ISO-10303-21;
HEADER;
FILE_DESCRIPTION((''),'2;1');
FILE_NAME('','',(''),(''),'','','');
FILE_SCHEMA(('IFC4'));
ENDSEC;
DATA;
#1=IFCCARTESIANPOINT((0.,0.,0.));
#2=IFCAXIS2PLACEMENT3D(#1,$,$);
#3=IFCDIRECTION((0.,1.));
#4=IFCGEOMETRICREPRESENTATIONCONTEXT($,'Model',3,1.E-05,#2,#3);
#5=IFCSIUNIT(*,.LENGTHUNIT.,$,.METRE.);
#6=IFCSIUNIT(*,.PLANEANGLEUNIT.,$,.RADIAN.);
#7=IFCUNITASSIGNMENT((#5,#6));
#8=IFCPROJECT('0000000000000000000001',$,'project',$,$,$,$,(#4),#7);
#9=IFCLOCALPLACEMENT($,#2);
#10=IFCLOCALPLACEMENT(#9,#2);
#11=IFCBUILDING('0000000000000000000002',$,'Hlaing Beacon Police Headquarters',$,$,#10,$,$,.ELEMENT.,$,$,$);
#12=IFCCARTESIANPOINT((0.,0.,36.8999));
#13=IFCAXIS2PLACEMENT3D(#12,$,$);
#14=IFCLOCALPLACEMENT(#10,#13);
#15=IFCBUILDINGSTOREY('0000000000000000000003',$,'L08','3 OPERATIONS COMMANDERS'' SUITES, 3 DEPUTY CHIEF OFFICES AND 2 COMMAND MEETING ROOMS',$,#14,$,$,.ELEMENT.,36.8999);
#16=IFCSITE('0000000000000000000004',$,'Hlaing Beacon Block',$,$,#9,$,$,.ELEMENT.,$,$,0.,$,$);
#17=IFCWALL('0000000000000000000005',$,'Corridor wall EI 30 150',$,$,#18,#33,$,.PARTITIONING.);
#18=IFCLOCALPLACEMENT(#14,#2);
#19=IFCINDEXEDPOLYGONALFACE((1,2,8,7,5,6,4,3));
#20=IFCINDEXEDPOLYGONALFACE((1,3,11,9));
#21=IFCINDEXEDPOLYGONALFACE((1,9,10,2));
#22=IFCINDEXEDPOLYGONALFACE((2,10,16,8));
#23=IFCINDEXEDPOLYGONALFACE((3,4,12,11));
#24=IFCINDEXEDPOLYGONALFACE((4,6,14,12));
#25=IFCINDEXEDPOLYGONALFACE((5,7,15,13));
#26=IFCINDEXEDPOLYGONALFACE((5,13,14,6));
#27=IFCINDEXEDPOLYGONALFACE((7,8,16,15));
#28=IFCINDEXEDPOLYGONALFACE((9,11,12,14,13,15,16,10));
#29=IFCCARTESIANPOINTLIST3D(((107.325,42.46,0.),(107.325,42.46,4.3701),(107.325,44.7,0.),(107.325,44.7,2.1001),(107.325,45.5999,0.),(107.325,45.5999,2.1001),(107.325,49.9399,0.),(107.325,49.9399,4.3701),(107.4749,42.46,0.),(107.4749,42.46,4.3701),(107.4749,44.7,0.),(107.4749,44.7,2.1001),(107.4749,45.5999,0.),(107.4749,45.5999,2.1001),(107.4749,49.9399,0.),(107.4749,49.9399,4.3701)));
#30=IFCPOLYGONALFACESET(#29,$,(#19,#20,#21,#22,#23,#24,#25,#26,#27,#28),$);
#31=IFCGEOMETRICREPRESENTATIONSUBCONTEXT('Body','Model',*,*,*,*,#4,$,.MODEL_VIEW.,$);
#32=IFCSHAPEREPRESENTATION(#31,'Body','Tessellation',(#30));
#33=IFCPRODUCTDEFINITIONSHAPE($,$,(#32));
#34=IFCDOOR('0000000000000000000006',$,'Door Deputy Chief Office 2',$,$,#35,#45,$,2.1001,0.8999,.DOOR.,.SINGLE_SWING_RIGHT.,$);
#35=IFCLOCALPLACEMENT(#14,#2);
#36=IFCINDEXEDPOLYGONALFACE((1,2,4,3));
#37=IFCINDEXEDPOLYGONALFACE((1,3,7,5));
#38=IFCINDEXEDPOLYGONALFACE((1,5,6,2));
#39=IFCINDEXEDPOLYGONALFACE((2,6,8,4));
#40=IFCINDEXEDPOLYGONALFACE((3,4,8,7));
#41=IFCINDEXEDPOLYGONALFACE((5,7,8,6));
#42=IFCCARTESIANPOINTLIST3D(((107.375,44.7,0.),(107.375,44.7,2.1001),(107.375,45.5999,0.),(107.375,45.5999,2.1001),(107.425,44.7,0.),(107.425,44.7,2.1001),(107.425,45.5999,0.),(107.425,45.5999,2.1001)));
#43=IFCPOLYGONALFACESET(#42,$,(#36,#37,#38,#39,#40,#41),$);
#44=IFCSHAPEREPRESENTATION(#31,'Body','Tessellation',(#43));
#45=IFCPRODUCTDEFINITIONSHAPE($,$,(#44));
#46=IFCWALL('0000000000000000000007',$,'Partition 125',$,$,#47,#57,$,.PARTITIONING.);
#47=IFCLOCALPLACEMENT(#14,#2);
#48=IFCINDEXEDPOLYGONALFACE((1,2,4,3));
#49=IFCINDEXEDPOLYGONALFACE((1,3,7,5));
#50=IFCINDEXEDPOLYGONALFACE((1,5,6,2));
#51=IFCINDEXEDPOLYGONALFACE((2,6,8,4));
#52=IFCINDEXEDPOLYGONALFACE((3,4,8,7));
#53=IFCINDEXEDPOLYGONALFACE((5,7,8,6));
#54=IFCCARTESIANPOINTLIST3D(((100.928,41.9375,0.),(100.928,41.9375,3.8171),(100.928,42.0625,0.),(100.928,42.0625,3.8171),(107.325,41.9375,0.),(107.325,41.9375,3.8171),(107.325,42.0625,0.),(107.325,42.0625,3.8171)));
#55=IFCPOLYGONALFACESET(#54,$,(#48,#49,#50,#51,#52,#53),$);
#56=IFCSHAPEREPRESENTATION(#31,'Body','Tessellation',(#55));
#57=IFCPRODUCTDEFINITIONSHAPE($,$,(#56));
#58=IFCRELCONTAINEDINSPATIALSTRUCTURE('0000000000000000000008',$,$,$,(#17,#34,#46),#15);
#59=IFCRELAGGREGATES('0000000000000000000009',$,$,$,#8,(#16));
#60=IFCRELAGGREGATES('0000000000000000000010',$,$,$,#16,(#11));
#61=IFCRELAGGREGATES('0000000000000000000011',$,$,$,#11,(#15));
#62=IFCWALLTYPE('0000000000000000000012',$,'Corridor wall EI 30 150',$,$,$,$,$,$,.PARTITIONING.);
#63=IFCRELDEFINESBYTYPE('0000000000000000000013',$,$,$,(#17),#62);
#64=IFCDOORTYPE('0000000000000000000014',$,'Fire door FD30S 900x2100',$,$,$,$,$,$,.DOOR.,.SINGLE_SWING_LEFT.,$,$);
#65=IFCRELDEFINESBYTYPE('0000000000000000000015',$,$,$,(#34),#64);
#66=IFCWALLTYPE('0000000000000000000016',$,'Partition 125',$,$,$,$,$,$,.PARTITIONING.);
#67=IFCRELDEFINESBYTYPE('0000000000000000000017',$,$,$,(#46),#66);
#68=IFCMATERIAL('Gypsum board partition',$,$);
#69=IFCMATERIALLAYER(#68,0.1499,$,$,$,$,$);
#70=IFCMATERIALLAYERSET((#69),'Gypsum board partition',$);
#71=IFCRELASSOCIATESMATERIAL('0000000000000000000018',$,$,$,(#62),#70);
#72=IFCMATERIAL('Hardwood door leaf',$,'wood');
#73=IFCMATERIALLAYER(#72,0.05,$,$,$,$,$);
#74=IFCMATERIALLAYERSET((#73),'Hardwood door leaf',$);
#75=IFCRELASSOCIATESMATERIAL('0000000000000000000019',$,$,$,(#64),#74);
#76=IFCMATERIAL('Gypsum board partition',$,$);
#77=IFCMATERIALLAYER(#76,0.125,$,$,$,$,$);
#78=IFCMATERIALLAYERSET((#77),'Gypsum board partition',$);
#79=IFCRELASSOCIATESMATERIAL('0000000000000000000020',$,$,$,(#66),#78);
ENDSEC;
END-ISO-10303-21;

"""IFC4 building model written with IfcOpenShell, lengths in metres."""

from ifc_helpers import new_model, si_unit, direction, frame, frame_2d, origin, place, context, subcontext, project, spatial, rectangle, extrude, material, layer, layer_set, type_object, element, fill, save


model = new_model("IFC4")

# Units and contexts
model_context = context("Model", 3, precision=1e-05, world=origin(), true_north=direction((0.0, 1.0)))
body_context = subcontext(model_context, "Body", "Model", "MODEL_VIEW")
ifc_project = project(units=[si_unit("LENGTHUNIT", "METRE"), si_unit("PLANEANGLEUNIT", "RADIAN")], contexts=[model_context])

# Site, building, storey
site_placement = place(None, origin())
site = spatial("IfcSite", under=ifc_project, at=site_placement, Name="Hlaing Beacon Block", CompositionType="ELEMENT", RefElevation=0.0)
building_placement = place(site_placement, origin())
building = spatial("IfcBuilding", under=site, at=building_placement, Name="Hlaing Beacon Police Headquarters", CompositionType="ELEMENT")
storey_placement = place(building_placement, frame((0.0, 0.0, 36.8999)))
storey = spatial("IfcBuildingStorey", under=building, at=storey_placement, Name="L08", Description="3 OPERATIONS COMMANDERS' SUITES, 3 DEPUTY CHIEF OFFICES AND 2 COMMAND MEETING ROOMS", CompositionType="ELEMENT", Elevation=36.8999)

# Shared definitions
ifc_material_1 = material(Name="Gypsum board partition")
ifc_layer_1 = layer(ifc_material_1, 0.1499)
ifc_layer_set_1 = layer_set([ifc_layer_1], Name="Gypsum board partition")
wall_type_1 = type_object("IfcWallType", Name="Corridor wall EI 30 150", PredefinedType="PARTITIONING", material=ifc_layer_set_1)

# Wall, opening, door
wall_1_placement = place(storey_placement, frame((107.3999, 42.46, 0.0), z_axis=(0.0, 0.0, 1.0), x_axis=(0.0, 1.0, 0.0)))
wall_1 = element("IfcWall", 1, at=wall_1_placement, inside=storey, type_object=wall_type_1, Name="Corridor wall EI 30 150", PredefinedType="PARTITIONING", context=body_context, shape_type="SweptSolid", body=[
    extrude(rectangle(XDim=7.48, YDim=0.1499, at=frame_2d((3.74, 0.0))), origin(), (0.0, 0.0, 1.0), 4.3701),
])
opening_1_placement = place(wall_1_placement, frame((2.24, 0.0, 0.0)))
opening_1 = element("IfcOpeningElement", 2, at=opening_1_placement, cuts=wall_1, PredefinedType="OPENING", context=body_context, shape_type="SweptSolid", body=[
    extrude(rectangle(XDim=0.8999, YDim=2.1001, at=frame_2d((0.45, 1.05))), frame((0.0, 0.085, 0.0), z_axis=(0.0, -1.0, 0.0), x_axis=(1.0, 0.0, 0.0)), (0.0, 0.0, 1.0), 0.1699),
])
ifc_material_2 = material(Name="Hardwood door leaf", Category="wood")
ifc_layer_2 = layer(ifc_material_2, 0.05)
ifc_layer_set_2 = layer_set([ifc_layer_2], Name="Hardwood door leaf")
door_type_1 = type_object("IfcDoorType", Name="Fire door FD30S 900x2100", OperationType="SINGLE_SWING_LEFT", PredefinedType="DOOR", material=ifc_layer_set_2)
door_1_placement = place(opening_1_placement, origin())
door_1 = element("IfcDoor", 3, at=door_1_placement, inside=storey, type_object=door_type_1, Name="Door Deputy Chief Office 2", OperationType="SINGLE_SWING_RIGHT", OverallHeight=2.1001, OverallWidth=0.8999, PredefinedType="DOOR", context=body_context, shape_type="SweptSolid", body=[
    extrude(rectangle(XDim=0.8999, YDim=2.1001, at=frame_2d((0.45, 1.05))), frame((0.0, 0.0249, 0.0), z_axis=(0.0, -1.0, 0.0), x_axis=(1.0, 0.0, 0.0)), (0.0, 0.0, 1.0), 0.05),
])
fill(opening_1, door_1)

# Wall
ifc_material_3 = material(Name="Gypsum board partition")
ifc_layer_3 = layer(ifc_material_3, 0.125)
ifc_layer_set_3 = layer_set([ifc_layer_3], Name="Gypsum board partition")
wall_type_2 = type_object("IfcWallType", Name="Partition 125", PredefinedType="PARTITIONING", material=ifc_layer_set_3)
wall_2_placement = place(storey_placement, frame((100.928, 42.0, 0.0), z_axis=(0.0, 0.0, 1.0), x_axis=(1.0, 0.0, 0.0)))
element("IfcWall", 4, at=wall_2_placement, inside=storey, type_object=wall_type_2, Name="Partition 125", PredefinedType="PARTITIONING", context=body_context, shape_type="SweptSolid", body=[
    extrude(rectangle(XDim=6.397, YDim=0.125, at=frame_2d((3.1985, 0.0))), origin(), (0.0, 0.0, 1.0), 3.8171),
])

save(model, "model.ifc")
